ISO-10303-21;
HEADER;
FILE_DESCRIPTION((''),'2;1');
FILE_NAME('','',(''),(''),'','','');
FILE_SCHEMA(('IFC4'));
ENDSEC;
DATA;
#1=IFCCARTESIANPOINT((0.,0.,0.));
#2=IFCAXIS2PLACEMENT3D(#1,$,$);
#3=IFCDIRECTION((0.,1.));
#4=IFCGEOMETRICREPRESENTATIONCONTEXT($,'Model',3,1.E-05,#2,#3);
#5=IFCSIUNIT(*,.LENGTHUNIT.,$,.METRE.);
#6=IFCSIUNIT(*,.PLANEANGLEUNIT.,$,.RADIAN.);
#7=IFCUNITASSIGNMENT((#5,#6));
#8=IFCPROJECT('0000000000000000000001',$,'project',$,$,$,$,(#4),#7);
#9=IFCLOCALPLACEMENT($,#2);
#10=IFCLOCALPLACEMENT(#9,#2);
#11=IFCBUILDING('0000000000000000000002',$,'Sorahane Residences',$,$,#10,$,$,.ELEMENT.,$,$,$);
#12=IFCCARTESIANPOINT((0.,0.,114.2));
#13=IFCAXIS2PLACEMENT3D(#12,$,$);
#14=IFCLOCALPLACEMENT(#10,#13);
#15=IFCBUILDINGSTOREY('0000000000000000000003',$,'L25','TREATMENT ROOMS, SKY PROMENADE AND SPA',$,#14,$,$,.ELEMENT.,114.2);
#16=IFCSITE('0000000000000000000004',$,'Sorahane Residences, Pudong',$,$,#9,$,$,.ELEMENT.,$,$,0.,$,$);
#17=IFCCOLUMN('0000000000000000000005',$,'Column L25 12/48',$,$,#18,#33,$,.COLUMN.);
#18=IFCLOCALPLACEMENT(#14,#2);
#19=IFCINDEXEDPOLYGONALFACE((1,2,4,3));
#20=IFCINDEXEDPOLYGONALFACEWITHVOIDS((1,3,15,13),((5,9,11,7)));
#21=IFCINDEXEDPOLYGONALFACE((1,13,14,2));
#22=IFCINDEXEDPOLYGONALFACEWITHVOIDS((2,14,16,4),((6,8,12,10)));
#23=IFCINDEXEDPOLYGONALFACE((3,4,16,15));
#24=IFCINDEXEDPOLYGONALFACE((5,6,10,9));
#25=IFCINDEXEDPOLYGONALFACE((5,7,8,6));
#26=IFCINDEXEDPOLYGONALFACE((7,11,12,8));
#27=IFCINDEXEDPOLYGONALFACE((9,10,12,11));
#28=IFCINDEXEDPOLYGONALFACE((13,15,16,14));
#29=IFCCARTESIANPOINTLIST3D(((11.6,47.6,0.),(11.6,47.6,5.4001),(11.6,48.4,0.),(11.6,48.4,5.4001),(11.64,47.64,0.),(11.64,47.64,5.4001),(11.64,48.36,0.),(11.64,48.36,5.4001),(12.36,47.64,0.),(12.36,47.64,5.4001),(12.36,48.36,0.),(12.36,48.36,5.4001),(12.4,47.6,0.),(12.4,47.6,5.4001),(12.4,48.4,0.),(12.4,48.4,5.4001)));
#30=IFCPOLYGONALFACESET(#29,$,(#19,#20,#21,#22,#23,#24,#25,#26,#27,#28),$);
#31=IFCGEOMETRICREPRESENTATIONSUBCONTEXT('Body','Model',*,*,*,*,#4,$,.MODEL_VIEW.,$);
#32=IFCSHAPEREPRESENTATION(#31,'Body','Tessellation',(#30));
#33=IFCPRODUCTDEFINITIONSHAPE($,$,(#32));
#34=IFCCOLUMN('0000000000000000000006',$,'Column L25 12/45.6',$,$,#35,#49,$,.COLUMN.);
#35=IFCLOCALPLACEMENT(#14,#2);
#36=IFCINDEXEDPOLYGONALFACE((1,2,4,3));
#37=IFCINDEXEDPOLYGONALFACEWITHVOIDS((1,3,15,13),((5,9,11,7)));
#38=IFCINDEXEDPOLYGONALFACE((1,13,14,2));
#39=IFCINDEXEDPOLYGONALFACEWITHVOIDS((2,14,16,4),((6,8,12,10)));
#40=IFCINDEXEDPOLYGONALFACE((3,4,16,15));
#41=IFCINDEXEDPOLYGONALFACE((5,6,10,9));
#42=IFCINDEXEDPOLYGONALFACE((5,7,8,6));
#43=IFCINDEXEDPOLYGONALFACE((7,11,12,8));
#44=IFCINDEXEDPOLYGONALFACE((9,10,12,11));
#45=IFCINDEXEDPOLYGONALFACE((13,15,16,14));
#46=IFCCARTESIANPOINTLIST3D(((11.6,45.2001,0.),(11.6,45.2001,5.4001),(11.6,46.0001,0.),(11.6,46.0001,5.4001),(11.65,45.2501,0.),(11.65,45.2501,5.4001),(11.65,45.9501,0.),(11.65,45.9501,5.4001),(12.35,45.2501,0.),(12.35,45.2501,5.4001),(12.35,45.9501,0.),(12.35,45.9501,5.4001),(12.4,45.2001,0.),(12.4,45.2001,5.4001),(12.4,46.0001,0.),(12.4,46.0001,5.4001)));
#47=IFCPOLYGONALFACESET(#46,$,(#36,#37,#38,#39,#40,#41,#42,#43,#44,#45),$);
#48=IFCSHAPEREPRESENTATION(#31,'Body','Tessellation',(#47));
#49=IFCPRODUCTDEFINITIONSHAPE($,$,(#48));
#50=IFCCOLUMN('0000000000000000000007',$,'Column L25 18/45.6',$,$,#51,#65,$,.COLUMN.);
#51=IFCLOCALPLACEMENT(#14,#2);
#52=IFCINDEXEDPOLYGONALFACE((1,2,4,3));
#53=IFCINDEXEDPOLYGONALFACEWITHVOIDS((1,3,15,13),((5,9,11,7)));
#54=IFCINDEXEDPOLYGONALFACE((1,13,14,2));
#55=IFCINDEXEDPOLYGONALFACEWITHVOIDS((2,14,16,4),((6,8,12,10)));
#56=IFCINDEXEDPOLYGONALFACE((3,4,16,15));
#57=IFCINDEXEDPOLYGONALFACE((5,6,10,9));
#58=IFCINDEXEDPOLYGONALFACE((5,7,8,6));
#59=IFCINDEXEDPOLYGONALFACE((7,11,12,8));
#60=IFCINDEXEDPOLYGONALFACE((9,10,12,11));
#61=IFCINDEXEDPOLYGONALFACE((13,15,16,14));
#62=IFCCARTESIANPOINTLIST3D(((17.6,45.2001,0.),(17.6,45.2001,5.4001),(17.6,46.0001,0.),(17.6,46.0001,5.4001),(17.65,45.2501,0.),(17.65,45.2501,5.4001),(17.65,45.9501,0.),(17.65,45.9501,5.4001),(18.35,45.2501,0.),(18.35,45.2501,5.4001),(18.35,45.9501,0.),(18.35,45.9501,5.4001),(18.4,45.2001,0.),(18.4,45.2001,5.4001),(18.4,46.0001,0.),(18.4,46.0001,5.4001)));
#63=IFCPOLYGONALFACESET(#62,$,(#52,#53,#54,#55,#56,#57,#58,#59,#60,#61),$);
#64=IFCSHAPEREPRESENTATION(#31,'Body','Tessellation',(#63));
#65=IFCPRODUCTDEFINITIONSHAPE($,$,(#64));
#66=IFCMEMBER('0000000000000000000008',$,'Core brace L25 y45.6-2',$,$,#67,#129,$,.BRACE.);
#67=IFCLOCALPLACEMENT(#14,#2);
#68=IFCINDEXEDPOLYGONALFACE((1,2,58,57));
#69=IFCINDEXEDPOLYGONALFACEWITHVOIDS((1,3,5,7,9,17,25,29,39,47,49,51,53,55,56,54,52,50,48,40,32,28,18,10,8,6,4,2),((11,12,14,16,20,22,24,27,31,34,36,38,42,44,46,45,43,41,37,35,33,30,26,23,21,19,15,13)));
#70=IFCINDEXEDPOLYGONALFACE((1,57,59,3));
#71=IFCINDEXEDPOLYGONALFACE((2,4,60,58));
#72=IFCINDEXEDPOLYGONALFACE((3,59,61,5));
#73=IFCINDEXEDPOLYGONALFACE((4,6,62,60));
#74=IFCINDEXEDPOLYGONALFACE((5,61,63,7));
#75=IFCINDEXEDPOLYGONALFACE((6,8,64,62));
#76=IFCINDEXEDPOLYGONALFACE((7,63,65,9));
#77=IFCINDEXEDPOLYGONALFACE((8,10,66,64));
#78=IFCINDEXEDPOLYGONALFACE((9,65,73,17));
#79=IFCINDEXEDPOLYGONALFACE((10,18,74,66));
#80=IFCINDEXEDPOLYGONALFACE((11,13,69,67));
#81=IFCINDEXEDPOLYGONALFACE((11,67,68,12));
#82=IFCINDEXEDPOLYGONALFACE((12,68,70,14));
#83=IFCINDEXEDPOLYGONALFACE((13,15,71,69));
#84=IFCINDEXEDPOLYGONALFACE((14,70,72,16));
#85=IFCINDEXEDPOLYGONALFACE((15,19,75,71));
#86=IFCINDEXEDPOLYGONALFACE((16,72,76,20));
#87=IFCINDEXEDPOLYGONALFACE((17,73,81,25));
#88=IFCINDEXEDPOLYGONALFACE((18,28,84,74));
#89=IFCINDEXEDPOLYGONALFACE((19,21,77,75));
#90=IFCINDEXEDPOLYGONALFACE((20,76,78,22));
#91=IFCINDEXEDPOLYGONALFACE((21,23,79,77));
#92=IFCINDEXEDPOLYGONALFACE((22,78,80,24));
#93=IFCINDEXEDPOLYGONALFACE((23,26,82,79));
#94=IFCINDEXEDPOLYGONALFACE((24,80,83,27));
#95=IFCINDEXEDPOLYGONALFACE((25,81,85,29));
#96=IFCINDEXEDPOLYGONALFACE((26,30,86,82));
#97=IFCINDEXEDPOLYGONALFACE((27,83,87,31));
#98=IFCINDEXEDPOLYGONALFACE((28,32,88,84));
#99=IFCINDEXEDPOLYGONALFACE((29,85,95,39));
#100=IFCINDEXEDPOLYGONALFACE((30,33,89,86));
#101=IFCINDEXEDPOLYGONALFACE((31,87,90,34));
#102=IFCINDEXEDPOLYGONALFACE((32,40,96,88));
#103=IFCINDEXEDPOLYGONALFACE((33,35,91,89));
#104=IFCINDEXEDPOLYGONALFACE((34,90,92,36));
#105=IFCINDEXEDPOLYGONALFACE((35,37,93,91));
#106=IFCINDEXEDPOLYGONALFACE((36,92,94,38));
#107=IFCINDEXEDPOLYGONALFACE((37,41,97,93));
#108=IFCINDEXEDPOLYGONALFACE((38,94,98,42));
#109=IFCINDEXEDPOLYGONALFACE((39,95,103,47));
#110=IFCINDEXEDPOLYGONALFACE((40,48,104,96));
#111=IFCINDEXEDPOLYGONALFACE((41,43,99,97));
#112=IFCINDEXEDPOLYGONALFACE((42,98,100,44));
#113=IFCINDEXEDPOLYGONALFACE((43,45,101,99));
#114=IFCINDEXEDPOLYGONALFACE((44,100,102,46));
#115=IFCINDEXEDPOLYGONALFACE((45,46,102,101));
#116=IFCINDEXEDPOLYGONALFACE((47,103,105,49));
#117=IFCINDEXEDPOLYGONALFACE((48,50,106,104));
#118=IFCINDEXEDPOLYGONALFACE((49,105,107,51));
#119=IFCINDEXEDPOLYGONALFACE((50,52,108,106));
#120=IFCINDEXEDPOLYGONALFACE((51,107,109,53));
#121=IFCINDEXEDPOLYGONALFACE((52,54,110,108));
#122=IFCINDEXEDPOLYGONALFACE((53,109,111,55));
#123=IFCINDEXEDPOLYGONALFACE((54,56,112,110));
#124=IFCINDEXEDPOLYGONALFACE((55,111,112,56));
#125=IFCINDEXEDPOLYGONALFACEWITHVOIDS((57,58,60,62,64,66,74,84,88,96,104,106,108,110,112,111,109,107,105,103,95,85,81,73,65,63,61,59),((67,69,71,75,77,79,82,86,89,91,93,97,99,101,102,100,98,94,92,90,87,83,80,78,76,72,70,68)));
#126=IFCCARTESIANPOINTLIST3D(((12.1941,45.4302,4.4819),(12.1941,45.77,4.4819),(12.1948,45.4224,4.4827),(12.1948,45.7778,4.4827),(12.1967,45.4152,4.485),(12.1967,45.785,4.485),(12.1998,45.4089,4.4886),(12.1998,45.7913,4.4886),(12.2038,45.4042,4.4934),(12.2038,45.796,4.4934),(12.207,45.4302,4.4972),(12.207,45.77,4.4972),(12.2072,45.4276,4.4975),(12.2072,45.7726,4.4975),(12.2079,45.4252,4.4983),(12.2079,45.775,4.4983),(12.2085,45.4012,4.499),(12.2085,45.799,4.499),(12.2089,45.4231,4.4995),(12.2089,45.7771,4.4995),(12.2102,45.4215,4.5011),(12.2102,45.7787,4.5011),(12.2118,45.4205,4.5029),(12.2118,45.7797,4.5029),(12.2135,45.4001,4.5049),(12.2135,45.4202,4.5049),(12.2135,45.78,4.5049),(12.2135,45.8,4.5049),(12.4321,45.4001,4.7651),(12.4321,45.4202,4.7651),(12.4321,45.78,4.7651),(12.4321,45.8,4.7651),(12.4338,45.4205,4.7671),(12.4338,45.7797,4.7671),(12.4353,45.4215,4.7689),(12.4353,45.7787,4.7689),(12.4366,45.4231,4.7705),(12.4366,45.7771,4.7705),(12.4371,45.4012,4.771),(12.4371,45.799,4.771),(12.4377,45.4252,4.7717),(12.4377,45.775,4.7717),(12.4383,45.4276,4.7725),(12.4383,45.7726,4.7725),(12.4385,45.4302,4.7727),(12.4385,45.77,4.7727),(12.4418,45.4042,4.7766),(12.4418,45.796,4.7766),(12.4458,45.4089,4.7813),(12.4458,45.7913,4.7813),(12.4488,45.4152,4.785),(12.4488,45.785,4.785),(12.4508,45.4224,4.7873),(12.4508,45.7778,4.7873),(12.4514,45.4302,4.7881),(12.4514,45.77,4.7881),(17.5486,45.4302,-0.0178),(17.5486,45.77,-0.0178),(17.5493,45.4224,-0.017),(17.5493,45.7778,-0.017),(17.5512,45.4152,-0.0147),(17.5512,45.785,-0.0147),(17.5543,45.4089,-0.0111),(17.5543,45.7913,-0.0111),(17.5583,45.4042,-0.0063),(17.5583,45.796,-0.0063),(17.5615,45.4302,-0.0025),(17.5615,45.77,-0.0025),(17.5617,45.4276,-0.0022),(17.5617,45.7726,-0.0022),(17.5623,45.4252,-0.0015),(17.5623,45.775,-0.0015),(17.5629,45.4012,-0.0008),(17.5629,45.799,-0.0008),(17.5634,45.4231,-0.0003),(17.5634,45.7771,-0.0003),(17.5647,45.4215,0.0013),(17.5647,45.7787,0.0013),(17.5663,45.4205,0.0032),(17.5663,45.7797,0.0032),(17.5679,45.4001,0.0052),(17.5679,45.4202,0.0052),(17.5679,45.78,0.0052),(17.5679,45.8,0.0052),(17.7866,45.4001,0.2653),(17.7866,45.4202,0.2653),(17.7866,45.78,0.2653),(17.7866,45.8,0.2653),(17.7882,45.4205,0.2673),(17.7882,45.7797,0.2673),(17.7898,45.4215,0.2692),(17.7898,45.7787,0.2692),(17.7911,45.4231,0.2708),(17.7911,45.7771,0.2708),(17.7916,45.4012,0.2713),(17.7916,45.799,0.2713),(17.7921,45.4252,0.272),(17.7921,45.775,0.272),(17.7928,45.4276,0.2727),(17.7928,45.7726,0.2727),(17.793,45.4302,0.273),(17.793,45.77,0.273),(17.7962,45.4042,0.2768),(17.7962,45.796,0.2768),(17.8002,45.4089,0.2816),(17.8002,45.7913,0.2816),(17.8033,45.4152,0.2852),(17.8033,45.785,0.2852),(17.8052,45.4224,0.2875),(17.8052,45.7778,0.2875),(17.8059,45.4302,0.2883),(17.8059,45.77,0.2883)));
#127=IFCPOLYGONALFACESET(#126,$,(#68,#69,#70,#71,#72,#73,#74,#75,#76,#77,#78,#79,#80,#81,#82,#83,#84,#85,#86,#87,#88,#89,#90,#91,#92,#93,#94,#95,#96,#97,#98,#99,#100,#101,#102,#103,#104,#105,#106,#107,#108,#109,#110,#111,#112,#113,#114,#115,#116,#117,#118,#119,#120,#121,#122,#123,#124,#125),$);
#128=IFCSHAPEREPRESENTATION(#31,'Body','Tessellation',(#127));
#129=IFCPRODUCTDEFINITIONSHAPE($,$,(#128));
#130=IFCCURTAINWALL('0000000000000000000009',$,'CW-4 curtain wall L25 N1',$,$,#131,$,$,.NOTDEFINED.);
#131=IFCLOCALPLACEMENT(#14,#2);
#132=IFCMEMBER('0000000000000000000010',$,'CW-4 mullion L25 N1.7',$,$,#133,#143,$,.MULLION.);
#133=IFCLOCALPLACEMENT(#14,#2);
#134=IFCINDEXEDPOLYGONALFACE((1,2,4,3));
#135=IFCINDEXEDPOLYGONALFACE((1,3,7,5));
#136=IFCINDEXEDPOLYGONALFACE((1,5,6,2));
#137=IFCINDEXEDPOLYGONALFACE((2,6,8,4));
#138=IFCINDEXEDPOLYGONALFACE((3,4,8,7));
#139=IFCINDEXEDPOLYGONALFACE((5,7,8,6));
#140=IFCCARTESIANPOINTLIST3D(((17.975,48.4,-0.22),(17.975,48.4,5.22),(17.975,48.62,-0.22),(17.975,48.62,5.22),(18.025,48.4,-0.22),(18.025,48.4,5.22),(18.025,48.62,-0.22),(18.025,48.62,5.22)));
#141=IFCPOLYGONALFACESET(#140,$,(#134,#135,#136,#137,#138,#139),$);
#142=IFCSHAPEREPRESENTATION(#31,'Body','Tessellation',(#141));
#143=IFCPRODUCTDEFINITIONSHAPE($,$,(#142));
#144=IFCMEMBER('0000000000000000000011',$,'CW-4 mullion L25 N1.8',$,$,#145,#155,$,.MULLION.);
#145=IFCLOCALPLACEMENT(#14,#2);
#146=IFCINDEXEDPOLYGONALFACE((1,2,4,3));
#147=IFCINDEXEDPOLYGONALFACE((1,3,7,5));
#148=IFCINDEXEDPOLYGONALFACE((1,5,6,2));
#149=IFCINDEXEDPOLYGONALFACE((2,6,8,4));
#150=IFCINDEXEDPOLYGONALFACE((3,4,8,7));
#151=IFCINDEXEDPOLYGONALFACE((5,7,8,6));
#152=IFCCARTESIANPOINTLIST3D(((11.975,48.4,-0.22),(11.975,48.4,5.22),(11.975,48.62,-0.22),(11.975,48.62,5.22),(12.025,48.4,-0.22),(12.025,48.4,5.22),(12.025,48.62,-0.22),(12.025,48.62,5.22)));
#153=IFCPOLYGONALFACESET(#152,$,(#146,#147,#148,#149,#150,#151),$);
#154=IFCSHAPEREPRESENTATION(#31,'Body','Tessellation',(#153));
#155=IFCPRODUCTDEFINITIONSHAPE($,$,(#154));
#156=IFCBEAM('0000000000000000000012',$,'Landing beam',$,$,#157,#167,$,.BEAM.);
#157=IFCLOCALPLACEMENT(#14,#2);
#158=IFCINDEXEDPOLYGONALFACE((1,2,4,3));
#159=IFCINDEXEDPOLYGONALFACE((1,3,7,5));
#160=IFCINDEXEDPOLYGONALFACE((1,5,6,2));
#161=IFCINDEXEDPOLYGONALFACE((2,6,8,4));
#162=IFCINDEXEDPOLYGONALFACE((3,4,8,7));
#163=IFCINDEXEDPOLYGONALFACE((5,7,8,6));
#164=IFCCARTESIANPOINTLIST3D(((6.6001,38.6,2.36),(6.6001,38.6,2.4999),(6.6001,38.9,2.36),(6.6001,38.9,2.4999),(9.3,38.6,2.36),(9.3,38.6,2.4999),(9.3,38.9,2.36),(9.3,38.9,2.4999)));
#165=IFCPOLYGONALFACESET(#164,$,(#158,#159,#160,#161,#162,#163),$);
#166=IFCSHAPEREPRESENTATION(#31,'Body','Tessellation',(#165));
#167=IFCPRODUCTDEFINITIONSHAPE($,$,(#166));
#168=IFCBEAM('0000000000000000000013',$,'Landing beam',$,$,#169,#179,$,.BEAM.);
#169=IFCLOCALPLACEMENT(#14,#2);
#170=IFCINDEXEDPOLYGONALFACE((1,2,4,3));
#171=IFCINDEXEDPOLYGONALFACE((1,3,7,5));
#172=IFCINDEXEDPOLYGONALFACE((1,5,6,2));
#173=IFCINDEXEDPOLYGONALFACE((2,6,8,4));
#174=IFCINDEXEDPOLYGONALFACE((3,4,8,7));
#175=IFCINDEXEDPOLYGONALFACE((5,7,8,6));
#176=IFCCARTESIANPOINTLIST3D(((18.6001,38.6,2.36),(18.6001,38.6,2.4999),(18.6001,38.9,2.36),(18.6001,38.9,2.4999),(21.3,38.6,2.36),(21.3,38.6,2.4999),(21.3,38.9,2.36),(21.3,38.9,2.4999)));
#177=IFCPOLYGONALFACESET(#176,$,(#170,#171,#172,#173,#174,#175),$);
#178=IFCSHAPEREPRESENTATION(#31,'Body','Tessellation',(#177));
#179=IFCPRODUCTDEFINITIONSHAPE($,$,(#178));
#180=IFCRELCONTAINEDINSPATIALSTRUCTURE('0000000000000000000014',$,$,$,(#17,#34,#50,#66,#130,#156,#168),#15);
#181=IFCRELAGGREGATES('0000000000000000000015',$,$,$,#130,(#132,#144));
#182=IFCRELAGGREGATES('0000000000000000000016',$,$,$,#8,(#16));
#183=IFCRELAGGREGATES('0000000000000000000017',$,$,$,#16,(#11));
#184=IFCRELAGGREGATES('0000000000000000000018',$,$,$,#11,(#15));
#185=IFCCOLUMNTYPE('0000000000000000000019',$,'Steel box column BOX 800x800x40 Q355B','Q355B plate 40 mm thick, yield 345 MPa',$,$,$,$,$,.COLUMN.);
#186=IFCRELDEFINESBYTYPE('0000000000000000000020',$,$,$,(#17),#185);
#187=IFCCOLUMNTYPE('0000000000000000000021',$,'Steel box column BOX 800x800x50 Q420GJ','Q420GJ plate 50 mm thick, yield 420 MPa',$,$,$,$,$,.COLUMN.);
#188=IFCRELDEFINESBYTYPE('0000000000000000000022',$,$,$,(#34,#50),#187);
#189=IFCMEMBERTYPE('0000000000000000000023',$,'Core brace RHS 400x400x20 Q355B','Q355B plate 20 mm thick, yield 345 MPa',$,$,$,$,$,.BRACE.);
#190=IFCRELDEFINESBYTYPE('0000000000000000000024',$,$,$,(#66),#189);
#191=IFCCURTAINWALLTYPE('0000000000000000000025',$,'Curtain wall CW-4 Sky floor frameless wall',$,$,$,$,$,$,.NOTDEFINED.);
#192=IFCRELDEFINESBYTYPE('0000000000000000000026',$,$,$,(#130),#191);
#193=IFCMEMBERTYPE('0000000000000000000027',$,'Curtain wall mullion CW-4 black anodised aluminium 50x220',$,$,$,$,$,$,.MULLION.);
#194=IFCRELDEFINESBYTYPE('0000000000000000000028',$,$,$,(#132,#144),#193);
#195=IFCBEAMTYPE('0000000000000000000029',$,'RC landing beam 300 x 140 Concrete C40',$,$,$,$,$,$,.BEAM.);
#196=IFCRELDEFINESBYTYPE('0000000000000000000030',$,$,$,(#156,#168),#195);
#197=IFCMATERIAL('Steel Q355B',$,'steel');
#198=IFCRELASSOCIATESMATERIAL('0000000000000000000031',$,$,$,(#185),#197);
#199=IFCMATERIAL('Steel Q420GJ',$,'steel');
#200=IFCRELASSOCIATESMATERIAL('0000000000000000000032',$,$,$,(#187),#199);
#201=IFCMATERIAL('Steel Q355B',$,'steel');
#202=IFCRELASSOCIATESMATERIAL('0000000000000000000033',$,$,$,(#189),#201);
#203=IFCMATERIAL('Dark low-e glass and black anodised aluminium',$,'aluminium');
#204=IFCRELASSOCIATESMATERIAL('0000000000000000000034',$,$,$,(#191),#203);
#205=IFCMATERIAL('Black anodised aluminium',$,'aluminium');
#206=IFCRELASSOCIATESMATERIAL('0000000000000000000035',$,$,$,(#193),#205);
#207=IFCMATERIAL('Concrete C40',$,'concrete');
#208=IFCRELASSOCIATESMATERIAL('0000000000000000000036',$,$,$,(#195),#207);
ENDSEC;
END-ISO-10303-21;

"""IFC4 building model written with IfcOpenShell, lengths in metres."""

from ifc_helpers import new_model, si_unit, direction, frame, origin, origin_2d, place, context, subcontext, project, spatial, rectangle, hollow_rectangle, extrude, material, material_profile, profile_set, type_object, element, aggregate, save


model = new_model("IFC4")

# Units and contexts
model_context = context("Model", 3, precision=1e-05, world=origin(), true_north=direction((0.0, 1.0)))
body_context = subcontext(model_context, "Body", "Model", "MODEL_VIEW")
ifc_project = project(units=[si_unit("LENGTHUNIT", "METRE"), si_unit("PLANEANGLEUNIT", "RADIAN")], contexts=[model_context])

# Site, building, storey
site_placement = place(None, origin())
site = spatial("IfcSite", under=ifc_project, at=site_placement, Name="Sorahane Residences, Pudong", CompositionType="ELEMENT", RefElevation=0.0)
building_placement = place(site_placement, origin())
building = spatial("IfcBuilding", under=site, at=building_placement, Name="Sorahane Residences", CompositionType="ELEMENT")
storey_placement = place(building_placement, frame((0.0, 0.0, 114.2)))
storey = spatial("IfcBuildingStorey", under=building, at=storey_placement, Name="L25", Description="TREATMENT ROOMS, SKY PROMENADE AND SPA", CompositionType="ELEMENT", Elevation=114.2)

# Columns
ifc_material_1 = material(Name="Steel Q355B", Category="steel")
ifc_material_profile_1 = material_profile(ifc_material_1, hollow_rectangle(XDim=0.8, YDim=0.8, WallThickness=0.04, at=origin_2d()), Name="BOX 800x800x40")
ifc_profile_set_1 = profile_set([ifc_material_profile_1], Name="Steel Q355B")
column_type_1 = type_object("IfcColumnType", Name="Steel box column BOX 800x800x40 Q355B", Description="Q355B plate 40 mm thick, yield 345 MPa", PredefinedType="COLUMN", material=ifc_profile_set_1)
column_placement = place(storey_placement, frame((12.0, 48.0, 0.0), z_axis=(0.0, 0.0, 1.0), x_axis=(1.0, 0.0, 0.0)))
element("IfcColumn", 1, at=column_placement, inside=storey, type_object=column_type_1, Name="Column L25 12/48", PredefinedType="COLUMN", context=body_context, shape_type="SweptSolid", body=[
    extrude(hollow_rectangle(XDim=0.8, YDim=0.8, WallThickness=0.04, at=origin_2d()), origin(), (0.0, 0.0, 1.0), 5.4001),
])
ifc_material_2 = material(Name="Steel Q420GJ", Category="steel")
ifc_material_profile_2 = material_profile(ifc_material_2, hollow_rectangle(XDim=0.8, YDim=0.8, WallThickness=0.05, at=origin_2d()), Name="BOX 800x800x50")
ifc_profile_set_2 = profile_set([ifc_material_profile_2], Name="Steel Q420GJ")
column_type_2 = type_object("IfcColumnType", Name="Steel box column BOX 800x800x50 Q420GJ", Description="Q420GJ plate 50 mm thick, yield 420 MPa", PredefinedType="COLUMN", material=ifc_profile_set_2)
for number, where, z_axis, x_axis, name in (
    (2, (12.0, 45.6001, 0.0), (0.0, 0.0, 1.0), (1.0, 0.0, 0.0), "Column L25 12/45.6"),
    (3, (18.0, 45.6001, 0.0), (0.0, 0.0, 1.0), (1.0, 0.0, 0.0), "Column L25 18/45.6"),
):
    element("IfcColumn", number, at=place(storey_placement, frame(where, z_axis=z_axis, x_axis=x_axis)), inside=storey, type_object=column_type_2, Name=name, PredefinedType="COLUMN", context=body_context, shape_type="SweptSolid", body=[
        extrude(hollow_rectangle(XDim=0.8, YDim=0.8, WallThickness=0.05, at=origin_2d()), origin(), (0.0, 0.0, 1.0), 5.4001),
    ])

# Member
ifc_material_3 = material(Name="Steel Q355B", Category="steel")
ifc_material_profile_3 = material_profile(ifc_material_3, hollow_rectangle(XDim=0.3999, YDim=0.3999, WallThickness=0.02, InnerFilletRadius=0.01, OuterFilletRadius=0.03, at=origin_2d()), Name="RHS 400x400x20")
ifc_profile_set_3 = profile_set([ifc_material_profile_3], Name="Steel Q355B")
member_type_1 = type_object("IfcMemberType", Name="Core brace RHS 400x400x20 Q355B", Description="Q355B plate 20 mm thick, yield 345 MPa", PredefinedType="BRACE", material=ifc_profile_set_3)
member_1_placement = place(storey_placement, frame((17.6772, 45.6001, 0.1353), z_axis=(-0.765565, 0.0, 0.643358), x_axis=(0.0, -1.0, 0.0)))
element("IfcMember", 4, at=member_1_placement, inside=storey, type_object=member_type_1, Name="Core brace L25 y45.6-2", PredefinedType="BRACE", context=body_context, shape_type="SweptSolid", body=[
    extrude(hollow_rectangle(XDim=0.3999, YDim=0.3999, WallThickness=0.02, InnerFilletRadius=0.01, OuterFilletRadius=0.03, at=origin_2d()), origin(), (0.0, 0.0, 1.0), 6.9941),
])

# Curtain wall, members
ifc_material_4 = material(Name="Dark low-e glass and black anodised aluminium", Category="aluminium")
curtain_wall_type = type_object("IfcCurtainWallType", Name="Curtain wall CW-4 Sky floor frameless wall", PredefinedType="NOTDEFINED", material=ifc_material_4)
curtain_wall_placement = place(storey_placement, origin())
curtain_wall = element("IfcCurtainWall", 5, at=curtain_wall_placement, inside=storey, type_object=curtain_wall_type, Name="CW-4 curtain wall L25 N1", PredefinedType="NOTDEFINED")
ifc_material_5 = material(Name="Black anodised aluminium", Category="aluminium")
ifc_material_profile_4 = material_profile(ifc_material_5, rectangle(XDim=0.22, YDim=0.05, at=origin_2d()), Name="Curtain wall mullion CW-4 black anodised aluminium 50x220")
ifc_profile_set_4 = profile_set([ifc_material_profile_4], Name="Black anodised aluminium")
member_type_2 = type_object("IfcMemberType", Name="Curtain wall mullion CW-4 black anodised aluminium 50x220", PredefinedType="MULLION", material=ifc_profile_set_4)
member_2_placement = place(storey_placement, frame((18.0, 48.51, -0.22), z_axis=(0.0, 0.0, 1.0), x_axis=(0.0, 1.0, 0.0)))
member_2 = element("IfcMember", 6, at=member_2_placement, type_object=member_type_2, Name="CW-4 mullion L25 N1.7", PredefinedType="MULLION", context=body_context, shape_type="SweptSolid", body=[
    extrude(rectangle(XDim=0.22, YDim=0.05, at=origin_2d()), origin(), (0.0, 0.0, 1.0), 5.4399),
])
member_3_placement = place(storey_placement, frame((12.0, 48.51, -0.22), z_axis=(0.0, 0.0, 1.0), x_axis=(0.0, 1.0, 0.0)))
member_3 = element("IfcMember", 7, at=member_3_placement, type_object=member_type_2, Name="CW-4 mullion L25 N1.8", PredefinedType="MULLION", context=body_context, shape_type="SweptSolid", body=[
    extrude(rectangle(XDim=0.22, YDim=0.05, at=origin_2d()), origin(), (0.0, 0.0, 1.0), 5.4399),
])

# Beams
ifc_material_6 = material(Name="Concrete C40", Category="concrete")
ifc_material_profile_5 = material_profile(ifc_material_6, rectangle(XDim=0.3, YDim=0.1399, at=origin_2d()), Name="300x140")
ifc_profile_set_5 = profile_set([ifc_material_profile_5], Name="Concrete C40")
beam_type_1 = type_object("IfcBeamType", Name="RC landing beam 300 x 140 Concrete C40", PredefinedType="BEAM", material=ifc_profile_set_5)
for number, where, z_axis, x_axis, name in (
    (8, (6.6001, 38.75, 2.4299), (1.0, 0.0, 0.0), (0.0, 1.0, 0.0), "Landing beam"),
    (9, (18.6001, 38.75, 2.4299), (1.0, 0.0, 0.0), (0.0, 1.0, 0.0), "Landing beam"),
):
    element("IfcBeam", number, at=place(storey_placement, frame(where, z_axis=z_axis, x_axis=x_axis)), inside=storey, type_object=beam_type_1, Name=name, PredefinedType="BEAM", context=body_context, shape_type="SweptSolid", body=[
        extrude(rectangle(XDim=0.3, YDim=0.1399, at=origin_2d()), origin(), (0.0, 0.0, 1.0), 2.7),
    ])

aggregate(curtain_wall, [member_2, member_3])

save(model, "model.ifc")
